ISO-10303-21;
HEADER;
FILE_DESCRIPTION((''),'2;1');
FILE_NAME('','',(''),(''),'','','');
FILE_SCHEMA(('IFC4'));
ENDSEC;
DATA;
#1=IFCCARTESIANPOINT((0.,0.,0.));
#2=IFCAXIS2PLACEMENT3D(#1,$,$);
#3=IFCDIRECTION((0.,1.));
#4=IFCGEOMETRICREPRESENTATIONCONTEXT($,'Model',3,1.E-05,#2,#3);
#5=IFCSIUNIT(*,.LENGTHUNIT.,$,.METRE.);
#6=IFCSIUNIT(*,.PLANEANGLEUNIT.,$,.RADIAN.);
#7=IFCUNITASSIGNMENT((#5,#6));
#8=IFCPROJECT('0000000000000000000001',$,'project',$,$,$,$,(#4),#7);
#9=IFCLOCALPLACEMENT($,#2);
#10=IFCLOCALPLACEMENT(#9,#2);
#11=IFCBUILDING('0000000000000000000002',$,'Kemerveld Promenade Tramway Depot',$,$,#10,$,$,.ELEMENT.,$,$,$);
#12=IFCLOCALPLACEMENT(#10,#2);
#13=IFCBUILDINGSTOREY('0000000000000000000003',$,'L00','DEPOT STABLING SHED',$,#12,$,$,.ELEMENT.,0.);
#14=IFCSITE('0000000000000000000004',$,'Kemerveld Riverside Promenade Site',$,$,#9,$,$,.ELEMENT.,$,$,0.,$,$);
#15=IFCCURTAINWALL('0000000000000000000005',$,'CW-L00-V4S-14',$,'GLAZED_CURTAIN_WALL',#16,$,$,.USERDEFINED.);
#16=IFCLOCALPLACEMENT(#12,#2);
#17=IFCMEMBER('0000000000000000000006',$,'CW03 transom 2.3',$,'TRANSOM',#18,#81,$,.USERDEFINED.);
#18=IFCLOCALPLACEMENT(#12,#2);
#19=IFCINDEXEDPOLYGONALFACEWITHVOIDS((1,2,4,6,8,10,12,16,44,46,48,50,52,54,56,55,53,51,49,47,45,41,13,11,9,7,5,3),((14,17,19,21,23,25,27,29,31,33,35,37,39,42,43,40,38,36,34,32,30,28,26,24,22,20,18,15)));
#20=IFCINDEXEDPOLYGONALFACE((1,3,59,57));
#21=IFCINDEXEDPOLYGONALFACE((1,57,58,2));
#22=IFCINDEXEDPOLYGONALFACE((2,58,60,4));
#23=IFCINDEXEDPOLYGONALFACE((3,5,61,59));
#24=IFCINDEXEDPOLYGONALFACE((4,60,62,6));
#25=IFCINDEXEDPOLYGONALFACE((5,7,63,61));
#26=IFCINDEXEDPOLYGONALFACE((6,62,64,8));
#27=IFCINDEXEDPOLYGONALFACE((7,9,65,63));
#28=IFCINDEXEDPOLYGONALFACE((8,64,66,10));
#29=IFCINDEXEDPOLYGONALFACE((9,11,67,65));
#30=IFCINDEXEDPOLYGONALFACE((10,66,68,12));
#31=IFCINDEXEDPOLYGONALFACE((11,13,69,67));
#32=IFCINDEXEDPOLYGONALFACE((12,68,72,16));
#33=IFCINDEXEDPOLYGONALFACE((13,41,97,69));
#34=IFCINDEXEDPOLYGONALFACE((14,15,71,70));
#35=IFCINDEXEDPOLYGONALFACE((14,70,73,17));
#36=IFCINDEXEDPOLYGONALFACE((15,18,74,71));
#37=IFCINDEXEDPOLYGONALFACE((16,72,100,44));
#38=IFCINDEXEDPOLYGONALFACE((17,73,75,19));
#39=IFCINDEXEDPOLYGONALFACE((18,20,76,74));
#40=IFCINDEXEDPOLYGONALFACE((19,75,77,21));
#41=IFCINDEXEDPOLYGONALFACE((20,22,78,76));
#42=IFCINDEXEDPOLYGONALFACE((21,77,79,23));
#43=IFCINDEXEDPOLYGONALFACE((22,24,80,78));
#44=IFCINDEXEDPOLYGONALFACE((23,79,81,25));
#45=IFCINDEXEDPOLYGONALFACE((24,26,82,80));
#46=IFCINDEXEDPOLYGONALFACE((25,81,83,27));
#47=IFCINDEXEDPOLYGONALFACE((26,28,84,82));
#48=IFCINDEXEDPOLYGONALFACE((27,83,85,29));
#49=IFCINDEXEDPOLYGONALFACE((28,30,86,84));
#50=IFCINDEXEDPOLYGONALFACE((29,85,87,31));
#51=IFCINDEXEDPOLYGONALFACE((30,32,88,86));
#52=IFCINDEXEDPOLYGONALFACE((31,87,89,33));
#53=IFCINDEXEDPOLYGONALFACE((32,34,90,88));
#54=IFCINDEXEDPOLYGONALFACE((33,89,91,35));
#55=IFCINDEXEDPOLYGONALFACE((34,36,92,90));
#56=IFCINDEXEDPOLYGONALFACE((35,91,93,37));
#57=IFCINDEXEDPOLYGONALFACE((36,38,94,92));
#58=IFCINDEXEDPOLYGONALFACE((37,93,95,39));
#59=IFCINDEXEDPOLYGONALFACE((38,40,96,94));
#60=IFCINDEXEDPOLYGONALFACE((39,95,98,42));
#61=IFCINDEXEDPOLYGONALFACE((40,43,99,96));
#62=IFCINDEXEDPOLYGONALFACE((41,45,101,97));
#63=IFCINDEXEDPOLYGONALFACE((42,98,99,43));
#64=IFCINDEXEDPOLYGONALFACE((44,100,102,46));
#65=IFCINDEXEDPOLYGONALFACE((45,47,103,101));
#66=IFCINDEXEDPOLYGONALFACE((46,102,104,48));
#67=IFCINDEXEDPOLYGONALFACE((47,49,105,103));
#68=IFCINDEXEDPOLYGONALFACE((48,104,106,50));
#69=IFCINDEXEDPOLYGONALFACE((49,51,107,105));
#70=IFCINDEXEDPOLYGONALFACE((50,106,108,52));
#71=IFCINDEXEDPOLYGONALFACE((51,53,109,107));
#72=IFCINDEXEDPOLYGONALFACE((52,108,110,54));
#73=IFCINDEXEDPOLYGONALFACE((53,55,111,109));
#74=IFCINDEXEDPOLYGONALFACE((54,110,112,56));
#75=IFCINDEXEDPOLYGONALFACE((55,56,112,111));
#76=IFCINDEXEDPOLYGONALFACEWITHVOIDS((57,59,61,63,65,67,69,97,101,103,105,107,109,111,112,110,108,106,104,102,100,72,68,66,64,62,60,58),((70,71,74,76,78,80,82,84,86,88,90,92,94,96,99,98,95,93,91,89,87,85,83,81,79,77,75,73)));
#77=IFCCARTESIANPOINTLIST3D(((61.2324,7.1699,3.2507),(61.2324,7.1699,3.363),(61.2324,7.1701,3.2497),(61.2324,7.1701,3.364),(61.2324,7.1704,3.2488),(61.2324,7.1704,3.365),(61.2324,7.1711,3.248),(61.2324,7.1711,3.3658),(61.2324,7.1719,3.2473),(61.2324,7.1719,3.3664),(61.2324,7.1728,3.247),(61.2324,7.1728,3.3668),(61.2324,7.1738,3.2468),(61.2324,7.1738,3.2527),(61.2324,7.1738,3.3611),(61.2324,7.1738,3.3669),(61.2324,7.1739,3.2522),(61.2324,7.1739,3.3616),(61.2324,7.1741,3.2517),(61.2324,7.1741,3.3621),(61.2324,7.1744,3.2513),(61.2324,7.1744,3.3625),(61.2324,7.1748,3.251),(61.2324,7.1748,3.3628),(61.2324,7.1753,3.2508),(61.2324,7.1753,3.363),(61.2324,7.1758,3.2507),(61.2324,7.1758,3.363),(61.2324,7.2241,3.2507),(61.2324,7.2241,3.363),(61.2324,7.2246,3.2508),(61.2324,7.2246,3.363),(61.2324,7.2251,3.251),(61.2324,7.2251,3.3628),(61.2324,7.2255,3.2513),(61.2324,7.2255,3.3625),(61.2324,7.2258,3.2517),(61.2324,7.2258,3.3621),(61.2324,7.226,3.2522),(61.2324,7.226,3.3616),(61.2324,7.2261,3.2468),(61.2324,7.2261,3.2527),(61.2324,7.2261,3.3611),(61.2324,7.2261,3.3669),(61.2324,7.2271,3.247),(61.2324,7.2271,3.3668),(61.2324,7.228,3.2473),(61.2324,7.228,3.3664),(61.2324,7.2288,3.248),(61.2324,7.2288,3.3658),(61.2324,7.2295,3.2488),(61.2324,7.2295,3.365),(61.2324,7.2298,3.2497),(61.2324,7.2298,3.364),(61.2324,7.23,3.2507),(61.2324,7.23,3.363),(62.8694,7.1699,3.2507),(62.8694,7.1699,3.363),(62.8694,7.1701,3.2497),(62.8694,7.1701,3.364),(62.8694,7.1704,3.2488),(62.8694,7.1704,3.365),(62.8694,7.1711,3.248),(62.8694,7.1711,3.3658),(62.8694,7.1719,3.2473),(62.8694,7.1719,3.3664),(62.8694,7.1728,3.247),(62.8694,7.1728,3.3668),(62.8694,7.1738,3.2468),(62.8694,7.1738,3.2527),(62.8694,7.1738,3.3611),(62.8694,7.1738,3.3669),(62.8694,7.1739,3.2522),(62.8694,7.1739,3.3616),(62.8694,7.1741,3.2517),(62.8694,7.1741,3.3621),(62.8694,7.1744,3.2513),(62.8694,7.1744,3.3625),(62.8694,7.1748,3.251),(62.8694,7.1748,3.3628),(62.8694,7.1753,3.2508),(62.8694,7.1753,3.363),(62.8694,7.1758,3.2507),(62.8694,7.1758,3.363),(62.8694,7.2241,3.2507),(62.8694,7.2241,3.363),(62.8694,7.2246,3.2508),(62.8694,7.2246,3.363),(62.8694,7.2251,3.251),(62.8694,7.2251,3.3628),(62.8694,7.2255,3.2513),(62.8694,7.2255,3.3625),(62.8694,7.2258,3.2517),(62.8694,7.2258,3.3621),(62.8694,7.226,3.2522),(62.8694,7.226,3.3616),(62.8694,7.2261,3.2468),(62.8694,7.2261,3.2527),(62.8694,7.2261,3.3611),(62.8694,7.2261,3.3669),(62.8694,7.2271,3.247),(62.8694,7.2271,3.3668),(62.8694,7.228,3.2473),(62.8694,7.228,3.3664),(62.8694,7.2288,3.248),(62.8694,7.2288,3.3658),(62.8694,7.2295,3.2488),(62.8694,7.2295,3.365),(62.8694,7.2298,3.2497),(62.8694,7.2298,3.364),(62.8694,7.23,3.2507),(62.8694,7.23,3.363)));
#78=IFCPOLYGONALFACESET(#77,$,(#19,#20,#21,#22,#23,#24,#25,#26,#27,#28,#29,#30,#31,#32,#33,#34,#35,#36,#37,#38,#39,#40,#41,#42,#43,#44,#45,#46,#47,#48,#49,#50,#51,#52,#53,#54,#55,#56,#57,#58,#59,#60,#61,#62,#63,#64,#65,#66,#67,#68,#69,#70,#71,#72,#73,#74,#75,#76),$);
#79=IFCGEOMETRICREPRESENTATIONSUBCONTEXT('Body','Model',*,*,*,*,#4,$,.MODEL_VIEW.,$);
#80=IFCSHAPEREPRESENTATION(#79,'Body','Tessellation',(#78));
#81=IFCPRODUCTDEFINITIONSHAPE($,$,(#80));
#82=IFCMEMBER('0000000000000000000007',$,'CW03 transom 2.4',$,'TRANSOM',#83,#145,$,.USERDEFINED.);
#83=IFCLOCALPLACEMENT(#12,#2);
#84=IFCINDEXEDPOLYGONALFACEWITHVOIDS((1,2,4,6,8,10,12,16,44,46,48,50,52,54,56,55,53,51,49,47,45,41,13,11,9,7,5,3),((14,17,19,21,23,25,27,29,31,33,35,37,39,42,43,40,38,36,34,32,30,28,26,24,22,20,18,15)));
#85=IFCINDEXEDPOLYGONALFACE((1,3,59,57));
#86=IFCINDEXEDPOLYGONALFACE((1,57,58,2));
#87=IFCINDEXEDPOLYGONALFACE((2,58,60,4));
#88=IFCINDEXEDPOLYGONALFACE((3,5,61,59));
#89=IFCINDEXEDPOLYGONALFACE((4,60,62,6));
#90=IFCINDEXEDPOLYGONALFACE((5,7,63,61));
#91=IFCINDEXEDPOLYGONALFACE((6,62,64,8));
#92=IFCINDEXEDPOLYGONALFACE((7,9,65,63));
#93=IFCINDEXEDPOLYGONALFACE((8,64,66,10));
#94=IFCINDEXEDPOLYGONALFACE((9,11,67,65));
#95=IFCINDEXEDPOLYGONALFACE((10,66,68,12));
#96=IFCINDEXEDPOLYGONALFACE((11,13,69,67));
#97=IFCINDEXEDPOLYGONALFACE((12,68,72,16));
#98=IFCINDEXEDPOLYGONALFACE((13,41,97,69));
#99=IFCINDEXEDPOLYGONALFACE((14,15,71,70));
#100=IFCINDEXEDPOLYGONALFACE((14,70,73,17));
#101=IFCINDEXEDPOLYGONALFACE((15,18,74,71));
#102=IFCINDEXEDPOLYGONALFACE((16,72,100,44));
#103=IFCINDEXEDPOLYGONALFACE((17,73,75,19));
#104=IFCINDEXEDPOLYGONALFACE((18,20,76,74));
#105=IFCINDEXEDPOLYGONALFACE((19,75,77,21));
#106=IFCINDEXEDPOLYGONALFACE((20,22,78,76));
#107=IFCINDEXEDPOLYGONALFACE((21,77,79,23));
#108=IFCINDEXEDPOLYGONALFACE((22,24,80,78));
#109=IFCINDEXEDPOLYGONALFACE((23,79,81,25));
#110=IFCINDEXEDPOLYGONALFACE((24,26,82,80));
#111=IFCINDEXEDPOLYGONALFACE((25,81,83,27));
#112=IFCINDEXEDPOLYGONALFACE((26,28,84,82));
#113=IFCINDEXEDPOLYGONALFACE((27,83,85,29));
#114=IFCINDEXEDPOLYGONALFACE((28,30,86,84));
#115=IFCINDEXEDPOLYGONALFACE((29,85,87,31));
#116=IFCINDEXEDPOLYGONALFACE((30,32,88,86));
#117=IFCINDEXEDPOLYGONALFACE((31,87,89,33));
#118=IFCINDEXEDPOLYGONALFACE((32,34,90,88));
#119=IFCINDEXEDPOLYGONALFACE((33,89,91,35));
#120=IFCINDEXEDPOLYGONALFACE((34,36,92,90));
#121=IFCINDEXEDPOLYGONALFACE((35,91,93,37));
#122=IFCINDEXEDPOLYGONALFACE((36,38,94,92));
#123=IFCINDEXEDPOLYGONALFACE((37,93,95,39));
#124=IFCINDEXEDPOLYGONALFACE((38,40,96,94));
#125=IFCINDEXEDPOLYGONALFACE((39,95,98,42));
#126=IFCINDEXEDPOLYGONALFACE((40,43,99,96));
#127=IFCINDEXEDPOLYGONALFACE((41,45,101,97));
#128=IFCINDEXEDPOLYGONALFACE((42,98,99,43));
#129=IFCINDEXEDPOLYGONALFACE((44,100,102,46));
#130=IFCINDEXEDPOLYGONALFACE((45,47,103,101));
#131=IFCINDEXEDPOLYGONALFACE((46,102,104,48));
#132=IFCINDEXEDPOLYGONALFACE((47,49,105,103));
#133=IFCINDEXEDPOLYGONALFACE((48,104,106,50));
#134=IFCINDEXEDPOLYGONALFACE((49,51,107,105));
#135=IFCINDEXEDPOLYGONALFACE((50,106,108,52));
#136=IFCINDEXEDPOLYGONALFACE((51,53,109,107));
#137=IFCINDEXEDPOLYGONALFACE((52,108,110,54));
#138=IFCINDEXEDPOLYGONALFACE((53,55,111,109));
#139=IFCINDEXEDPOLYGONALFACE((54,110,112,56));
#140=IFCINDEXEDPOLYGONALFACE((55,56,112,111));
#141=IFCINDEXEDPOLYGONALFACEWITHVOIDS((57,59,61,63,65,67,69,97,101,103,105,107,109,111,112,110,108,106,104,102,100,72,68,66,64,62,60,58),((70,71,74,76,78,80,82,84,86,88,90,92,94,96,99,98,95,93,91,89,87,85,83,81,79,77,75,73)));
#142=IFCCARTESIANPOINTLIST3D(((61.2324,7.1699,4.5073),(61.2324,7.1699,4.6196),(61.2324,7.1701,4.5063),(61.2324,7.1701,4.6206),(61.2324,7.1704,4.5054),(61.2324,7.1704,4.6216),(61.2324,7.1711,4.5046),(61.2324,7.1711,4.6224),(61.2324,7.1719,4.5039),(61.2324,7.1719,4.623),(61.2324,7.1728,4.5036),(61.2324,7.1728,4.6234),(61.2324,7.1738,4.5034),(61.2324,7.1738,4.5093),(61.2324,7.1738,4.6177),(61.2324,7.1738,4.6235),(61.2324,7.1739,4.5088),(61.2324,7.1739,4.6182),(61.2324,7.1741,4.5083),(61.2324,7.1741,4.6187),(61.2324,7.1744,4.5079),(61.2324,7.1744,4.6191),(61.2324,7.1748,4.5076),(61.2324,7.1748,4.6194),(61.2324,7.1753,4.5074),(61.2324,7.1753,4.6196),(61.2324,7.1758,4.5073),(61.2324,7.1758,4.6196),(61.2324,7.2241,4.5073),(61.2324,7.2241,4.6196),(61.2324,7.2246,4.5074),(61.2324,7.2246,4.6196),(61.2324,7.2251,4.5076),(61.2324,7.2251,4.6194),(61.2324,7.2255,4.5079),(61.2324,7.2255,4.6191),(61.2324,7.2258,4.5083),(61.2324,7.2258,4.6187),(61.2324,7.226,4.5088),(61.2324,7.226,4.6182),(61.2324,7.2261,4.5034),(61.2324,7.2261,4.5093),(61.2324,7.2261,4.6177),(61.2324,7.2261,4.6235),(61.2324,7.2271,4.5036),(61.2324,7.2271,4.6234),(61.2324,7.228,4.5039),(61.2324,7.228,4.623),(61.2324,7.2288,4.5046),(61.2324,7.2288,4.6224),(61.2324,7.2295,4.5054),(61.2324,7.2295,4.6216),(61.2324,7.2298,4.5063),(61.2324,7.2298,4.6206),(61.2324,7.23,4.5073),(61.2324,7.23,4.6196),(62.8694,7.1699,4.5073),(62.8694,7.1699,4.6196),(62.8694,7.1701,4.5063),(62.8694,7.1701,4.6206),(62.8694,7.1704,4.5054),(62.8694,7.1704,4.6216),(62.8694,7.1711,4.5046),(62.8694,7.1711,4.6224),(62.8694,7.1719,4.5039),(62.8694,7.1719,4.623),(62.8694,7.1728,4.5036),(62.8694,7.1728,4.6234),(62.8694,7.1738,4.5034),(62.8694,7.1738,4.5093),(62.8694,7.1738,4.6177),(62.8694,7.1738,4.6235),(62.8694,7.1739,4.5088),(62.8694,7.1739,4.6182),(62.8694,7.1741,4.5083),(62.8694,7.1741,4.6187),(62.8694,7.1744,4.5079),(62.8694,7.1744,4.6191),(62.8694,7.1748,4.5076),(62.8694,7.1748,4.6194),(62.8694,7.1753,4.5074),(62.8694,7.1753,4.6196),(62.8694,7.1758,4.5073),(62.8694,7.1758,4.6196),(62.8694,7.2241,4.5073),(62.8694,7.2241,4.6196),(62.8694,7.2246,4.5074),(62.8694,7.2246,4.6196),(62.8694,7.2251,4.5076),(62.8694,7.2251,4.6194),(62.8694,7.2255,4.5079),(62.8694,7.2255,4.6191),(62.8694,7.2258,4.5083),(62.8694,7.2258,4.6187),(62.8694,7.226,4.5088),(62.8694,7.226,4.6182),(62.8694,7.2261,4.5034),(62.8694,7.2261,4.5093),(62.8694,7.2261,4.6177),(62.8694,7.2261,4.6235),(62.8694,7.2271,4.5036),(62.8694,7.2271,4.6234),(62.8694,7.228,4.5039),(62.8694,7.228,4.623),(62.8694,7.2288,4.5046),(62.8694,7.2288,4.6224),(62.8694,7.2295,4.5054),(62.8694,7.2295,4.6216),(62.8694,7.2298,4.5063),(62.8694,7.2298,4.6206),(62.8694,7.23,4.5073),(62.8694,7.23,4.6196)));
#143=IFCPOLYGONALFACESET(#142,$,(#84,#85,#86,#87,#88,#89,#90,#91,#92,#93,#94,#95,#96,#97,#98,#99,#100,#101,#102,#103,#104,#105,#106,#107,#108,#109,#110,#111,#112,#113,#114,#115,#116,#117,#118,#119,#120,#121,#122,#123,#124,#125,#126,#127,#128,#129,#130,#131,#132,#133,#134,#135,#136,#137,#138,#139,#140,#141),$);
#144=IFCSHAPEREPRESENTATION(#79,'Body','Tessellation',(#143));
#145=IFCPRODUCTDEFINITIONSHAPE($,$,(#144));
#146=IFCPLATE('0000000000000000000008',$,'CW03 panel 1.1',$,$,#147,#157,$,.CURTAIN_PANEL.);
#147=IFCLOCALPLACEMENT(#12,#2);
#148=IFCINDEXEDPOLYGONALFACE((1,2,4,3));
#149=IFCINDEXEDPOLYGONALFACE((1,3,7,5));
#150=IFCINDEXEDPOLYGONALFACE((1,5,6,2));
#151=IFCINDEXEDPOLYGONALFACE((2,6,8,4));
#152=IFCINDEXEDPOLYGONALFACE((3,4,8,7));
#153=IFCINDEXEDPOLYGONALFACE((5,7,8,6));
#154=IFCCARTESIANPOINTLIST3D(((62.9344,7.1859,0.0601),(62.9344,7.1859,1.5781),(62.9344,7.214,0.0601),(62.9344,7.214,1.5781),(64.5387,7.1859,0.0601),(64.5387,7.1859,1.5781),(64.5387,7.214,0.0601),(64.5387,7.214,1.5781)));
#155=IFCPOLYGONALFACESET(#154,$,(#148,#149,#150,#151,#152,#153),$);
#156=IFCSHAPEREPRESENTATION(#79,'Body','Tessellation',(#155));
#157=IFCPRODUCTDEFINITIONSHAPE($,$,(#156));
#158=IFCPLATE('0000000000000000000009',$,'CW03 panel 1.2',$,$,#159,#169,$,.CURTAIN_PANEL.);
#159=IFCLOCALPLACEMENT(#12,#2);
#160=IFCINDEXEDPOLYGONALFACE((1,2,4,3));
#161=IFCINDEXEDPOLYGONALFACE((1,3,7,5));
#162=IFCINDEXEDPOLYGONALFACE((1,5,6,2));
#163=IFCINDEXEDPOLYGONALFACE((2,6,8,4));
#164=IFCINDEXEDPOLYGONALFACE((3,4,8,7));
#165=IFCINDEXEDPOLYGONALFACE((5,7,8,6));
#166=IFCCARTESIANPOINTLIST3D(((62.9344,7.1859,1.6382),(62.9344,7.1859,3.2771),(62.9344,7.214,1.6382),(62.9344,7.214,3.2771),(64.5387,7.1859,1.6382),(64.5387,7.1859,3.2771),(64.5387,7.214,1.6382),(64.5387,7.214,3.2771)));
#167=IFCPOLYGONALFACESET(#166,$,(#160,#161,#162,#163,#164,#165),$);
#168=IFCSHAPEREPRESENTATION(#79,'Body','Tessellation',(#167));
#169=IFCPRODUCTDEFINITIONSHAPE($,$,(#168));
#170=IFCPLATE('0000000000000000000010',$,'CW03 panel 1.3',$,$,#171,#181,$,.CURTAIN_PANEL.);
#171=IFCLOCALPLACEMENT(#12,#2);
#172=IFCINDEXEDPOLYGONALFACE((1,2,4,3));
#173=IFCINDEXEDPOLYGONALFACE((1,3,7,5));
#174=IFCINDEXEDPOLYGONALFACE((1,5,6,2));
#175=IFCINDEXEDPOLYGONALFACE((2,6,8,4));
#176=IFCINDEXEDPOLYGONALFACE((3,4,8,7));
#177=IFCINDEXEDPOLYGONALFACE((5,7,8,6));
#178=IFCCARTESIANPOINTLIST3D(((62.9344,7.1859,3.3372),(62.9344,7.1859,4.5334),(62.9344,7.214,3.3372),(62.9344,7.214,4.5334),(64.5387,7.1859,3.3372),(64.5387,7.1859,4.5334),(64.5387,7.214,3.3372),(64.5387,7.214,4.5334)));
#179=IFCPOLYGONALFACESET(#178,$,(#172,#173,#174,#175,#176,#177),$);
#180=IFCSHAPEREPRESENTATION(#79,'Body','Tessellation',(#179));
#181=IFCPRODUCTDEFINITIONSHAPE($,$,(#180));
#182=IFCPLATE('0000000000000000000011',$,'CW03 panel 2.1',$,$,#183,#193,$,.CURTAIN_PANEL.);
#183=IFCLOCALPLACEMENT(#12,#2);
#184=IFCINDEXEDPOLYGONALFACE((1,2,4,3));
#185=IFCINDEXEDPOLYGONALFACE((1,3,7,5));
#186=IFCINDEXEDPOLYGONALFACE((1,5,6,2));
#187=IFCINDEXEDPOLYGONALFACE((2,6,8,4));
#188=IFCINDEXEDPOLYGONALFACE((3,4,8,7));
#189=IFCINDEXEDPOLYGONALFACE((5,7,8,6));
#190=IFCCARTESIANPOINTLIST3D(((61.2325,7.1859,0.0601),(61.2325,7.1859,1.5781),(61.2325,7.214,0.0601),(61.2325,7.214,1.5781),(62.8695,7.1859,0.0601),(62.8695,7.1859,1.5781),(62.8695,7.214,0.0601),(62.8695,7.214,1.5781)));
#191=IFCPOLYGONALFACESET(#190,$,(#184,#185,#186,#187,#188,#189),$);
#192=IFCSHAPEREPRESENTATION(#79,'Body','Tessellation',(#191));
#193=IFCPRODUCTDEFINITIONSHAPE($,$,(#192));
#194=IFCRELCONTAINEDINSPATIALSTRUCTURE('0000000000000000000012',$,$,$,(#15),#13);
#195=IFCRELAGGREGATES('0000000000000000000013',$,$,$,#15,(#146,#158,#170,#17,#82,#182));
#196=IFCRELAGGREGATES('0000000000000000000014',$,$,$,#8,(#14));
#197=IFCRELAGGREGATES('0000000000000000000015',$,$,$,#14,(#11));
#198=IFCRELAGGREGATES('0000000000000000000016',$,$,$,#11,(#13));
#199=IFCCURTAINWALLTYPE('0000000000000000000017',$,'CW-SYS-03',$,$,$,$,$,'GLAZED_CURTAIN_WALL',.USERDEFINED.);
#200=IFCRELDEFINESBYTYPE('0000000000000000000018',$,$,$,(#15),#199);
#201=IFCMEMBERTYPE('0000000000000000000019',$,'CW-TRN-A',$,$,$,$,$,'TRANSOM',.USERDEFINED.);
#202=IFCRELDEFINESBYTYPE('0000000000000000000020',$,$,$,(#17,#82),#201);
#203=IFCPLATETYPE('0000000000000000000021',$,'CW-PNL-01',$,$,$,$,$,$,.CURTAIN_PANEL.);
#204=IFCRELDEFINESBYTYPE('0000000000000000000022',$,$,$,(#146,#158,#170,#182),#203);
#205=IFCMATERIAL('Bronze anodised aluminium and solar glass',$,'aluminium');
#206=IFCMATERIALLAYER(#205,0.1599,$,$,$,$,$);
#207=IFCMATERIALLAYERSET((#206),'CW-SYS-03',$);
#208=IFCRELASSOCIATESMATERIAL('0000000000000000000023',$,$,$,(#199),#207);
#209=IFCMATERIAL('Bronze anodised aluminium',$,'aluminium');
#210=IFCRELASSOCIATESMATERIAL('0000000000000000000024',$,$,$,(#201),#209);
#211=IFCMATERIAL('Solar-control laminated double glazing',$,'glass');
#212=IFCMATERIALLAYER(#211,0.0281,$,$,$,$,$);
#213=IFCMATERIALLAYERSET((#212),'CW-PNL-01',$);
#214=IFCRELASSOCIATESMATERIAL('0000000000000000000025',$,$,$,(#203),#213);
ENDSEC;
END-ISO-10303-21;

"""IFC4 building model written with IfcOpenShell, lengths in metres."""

from ifc_helpers import new_model, si_unit, direction, frame, origin, origin_2d, place, context, subcontext, project, spatial, rectangle, hollow_rectangle, extrude, material, layer, layer_set, material_profile, profile_set, type_object, element, aggregate, save


model = new_model("IFC4")

# Units and contexts
model_context = context("Model", 3, precision=1e-05, world=origin(), true_north=direction((0.0, 1.0)))
body_context = subcontext(model_context, "Body", "Model", "MODEL_VIEW")
ifc_project = project(units=[si_unit("LENGTHUNIT", "METRE"), si_unit("PLANEANGLEUNIT", "RADIAN")], contexts=[model_context])

# Site, building, storey
site_placement = place(None, origin())
site = spatial("IfcSite", under=ifc_project, at=site_placement, Name="Kemerveld Riverside Promenade Site", CompositionType="ELEMENT", RefElevation=0.0)
building_placement = place(site_placement, origin())
building = spatial("IfcBuilding", under=site, at=building_placement, Name="Kemerveld Promenade Tramway Depot", CompositionType="ELEMENT")
storey_placement = place(building_placement, origin())
storey = spatial("IfcBuildingStorey", under=building, at=storey_placement, Name="L00", Description="DEPOT STABLING SHED", CompositionType="ELEMENT", Elevation=0.0)

# Curtain wall, members, plates
ifc_material_1 = material(Name="Bronze anodised aluminium and solar glass", Category="aluminium")
ifc_layer_1 = layer(ifc_material_1, 0.1599)
ifc_layer_set_1 = layer_set([ifc_layer_1], Name="CW-SYS-03")
curtain_wall_type = type_object("IfcCurtainWallType", Name="CW-SYS-03", ElementType="GLAZED_CURTAIN_WALL", PredefinedType="USERDEFINED", material=ifc_layer_set_1)
curtain_wall_placement = place(storey_placement, origin())
curtain_wall = element("IfcCurtainWall", 1, at=curtain_wall_placement, inside=storey, type_object=curtain_wall_type, Name="CW-L00-V4S-14", ObjectType="GLAZED_CURTAIN_WALL", PredefinedType="USERDEFINED")
ifc_material_2 = material(Name="Bronze anodised aluminium", Category="aluminium")
ifc_material_profile_1 = material_profile(ifc_material_2, hollow_rectangle(XDim=0.0601, YDim=0.1201, WallThickness=0.0039, InnerFilletRadius=0.002, OuterFilletRadius=0.0039, at=origin_2d()), Name="CW-TRN-120x60")
ifc_profile_set_1 = profile_set([ifc_material_profile_1], Name="Bronze anodised aluminium")
member_type_1 = type_object("IfcMemberType", Name="CW-TRN-A", ElementType="TRANSOM", PredefinedType="USERDEFINED", material=ifc_profile_set_1)
member_1_placement = place(storey_placement, frame((62.8694, 7.2, 3.3069), z_axis=(-1.0, 0.0, 0.0), x_axis=(0.0, -1.0, 0.0)))
member_1 = element("IfcMember", 2, at=member_1_placement, type_object=member_type_1, Name="CW03 transom 2.3", ObjectType="TRANSOM", PredefinedType="USERDEFINED", context=body_context, shape_type="SweptSolid", body=[
    extrude(hollow_rectangle(XDim=0.0601, YDim=0.1201, WallThickness=0.0039, InnerFilletRadius=0.002, OuterFilletRadius=0.0039, at=origin_2d()), origin(), (0.0, 0.0, 1.0), 1.637),
])
member_2_placement = place(storey_placement, frame((62.8694, 7.2, 4.5635), z_axis=(-1.0, 0.0, 0.0), x_axis=(0.0, -1.0, 0.0)))
member_2 = element("IfcMember", 3, at=member_2_placement, type_object=member_type_1, Name="CW03 transom 2.4", ObjectType="TRANSOM", PredefinedType="USERDEFINED", context=body_context, shape_type="SweptSolid", body=[
    extrude(hollow_rectangle(XDim=0.0601, YDim=0.1201, WallThickness=0.0039, InnerFilletRadius=0.002, OuterFilletRadius=0.0039, at=origin_2d()), origin(), (0.0, 0.0, 1.0), 1.637),
])
ifc_material_3 = material(Name="Solar-control laminated double glazing", Category="glass")
ifc_layer_2 = layer(ifc_material_3, 0.0281)
ifc_layer_set_2 = layer_set([ifc_layer_2], Name="CW-PNL-01")
plate_type_1 = type_object("IfcPlateType", Name="CW-PNL-01", PredefinedType="CURTAIN_PANEL", material=ifc_layer_set_2)
plate_1_placement = place(storey_placement, frame((63.7366, 7.2, 0.0601), z_axis=(0.0, 0.0, 1.0), x_axis=(-1.0, 0.0, 0.0)))
plate_1 = element("IfcPlate", 4, at=plate_1_placement, type_object=plate_type_1, Name="CW03 panel 1.1", PredefinedType="CURTAIN_PANEL", context=body_context, shape_type="SweptSolid", body=[
    extrude(rectangle(XDim=1.6042, YDim=0.0281, at=origin_2d()), origin(), (0.0, 0.0, 1.0), 1.5181),
])
plate_2_placement = place(storey_placement, frame((63.7366, 7.2, 1.6382), z_axis=(0.0, 0.0, 1.0), x_axis=(-1.0, 0.0, 0.0)))
plate_2 = element("IfcPlate", 5, at=plate_2_placement, type_object=plate_type_1, Name="CW03 panel 1.2", PredefinedType="CURTAIN_PANEL", context=body_context, shape_type="SweptSolid", body=[
    extrude(rectangle(XDim=1.6042, YDim=0.0281, at=origin_2d()), origin(), (0.0, 0.0, 1.0), 1.6389),
])
plate_3_placement = place(storey_placement, frame((63.7366, 7.2, 3.3372), z_axis=(0.0, 0.0, 1.0), x_axis=(-1.0, 0.0, 0.0)))
plate_3 = element("IfcPlate", 6, at=plate_3_placement, type_object=plate_type_1, Name="CW03 panel 1.3", PredefinedType="CURTAIN_PANEL", context=body_context, shape_type="SweptSolid", body=[
    extrude(rectangle(XDim=1.6042, YDim=0.0281, at=origin_2d()), origin(), (0.0, 0.0, 1.0), 1.1963),
])
plate_4_placement = place(storey_placement, frame((62.051, 7.2, 0.0601), z_axis=(0.0, 0.0, 1.0), x_axis=(-1.0, 0.0, 0.0)))
plate_4 = element("IfcPlate", 7, at=plate_4_placement, type_object=plate_type_1, Name="CW03 panel 2.1", PredefinedType="CURTAIN_PANEL", context=body_context, shape_type="SweptSolid", body=[
    extrude(rectangle(XDim=1.637, YDim=0.0281, at=origin_2d()), origin(), (0.0, 0.0, 1.0), 1.5181),
])
aggregate(curtain_wall, [plate_1, plate_2, plate_3, member_1, member_2, plate_4])

save(model, "model.ifc")
